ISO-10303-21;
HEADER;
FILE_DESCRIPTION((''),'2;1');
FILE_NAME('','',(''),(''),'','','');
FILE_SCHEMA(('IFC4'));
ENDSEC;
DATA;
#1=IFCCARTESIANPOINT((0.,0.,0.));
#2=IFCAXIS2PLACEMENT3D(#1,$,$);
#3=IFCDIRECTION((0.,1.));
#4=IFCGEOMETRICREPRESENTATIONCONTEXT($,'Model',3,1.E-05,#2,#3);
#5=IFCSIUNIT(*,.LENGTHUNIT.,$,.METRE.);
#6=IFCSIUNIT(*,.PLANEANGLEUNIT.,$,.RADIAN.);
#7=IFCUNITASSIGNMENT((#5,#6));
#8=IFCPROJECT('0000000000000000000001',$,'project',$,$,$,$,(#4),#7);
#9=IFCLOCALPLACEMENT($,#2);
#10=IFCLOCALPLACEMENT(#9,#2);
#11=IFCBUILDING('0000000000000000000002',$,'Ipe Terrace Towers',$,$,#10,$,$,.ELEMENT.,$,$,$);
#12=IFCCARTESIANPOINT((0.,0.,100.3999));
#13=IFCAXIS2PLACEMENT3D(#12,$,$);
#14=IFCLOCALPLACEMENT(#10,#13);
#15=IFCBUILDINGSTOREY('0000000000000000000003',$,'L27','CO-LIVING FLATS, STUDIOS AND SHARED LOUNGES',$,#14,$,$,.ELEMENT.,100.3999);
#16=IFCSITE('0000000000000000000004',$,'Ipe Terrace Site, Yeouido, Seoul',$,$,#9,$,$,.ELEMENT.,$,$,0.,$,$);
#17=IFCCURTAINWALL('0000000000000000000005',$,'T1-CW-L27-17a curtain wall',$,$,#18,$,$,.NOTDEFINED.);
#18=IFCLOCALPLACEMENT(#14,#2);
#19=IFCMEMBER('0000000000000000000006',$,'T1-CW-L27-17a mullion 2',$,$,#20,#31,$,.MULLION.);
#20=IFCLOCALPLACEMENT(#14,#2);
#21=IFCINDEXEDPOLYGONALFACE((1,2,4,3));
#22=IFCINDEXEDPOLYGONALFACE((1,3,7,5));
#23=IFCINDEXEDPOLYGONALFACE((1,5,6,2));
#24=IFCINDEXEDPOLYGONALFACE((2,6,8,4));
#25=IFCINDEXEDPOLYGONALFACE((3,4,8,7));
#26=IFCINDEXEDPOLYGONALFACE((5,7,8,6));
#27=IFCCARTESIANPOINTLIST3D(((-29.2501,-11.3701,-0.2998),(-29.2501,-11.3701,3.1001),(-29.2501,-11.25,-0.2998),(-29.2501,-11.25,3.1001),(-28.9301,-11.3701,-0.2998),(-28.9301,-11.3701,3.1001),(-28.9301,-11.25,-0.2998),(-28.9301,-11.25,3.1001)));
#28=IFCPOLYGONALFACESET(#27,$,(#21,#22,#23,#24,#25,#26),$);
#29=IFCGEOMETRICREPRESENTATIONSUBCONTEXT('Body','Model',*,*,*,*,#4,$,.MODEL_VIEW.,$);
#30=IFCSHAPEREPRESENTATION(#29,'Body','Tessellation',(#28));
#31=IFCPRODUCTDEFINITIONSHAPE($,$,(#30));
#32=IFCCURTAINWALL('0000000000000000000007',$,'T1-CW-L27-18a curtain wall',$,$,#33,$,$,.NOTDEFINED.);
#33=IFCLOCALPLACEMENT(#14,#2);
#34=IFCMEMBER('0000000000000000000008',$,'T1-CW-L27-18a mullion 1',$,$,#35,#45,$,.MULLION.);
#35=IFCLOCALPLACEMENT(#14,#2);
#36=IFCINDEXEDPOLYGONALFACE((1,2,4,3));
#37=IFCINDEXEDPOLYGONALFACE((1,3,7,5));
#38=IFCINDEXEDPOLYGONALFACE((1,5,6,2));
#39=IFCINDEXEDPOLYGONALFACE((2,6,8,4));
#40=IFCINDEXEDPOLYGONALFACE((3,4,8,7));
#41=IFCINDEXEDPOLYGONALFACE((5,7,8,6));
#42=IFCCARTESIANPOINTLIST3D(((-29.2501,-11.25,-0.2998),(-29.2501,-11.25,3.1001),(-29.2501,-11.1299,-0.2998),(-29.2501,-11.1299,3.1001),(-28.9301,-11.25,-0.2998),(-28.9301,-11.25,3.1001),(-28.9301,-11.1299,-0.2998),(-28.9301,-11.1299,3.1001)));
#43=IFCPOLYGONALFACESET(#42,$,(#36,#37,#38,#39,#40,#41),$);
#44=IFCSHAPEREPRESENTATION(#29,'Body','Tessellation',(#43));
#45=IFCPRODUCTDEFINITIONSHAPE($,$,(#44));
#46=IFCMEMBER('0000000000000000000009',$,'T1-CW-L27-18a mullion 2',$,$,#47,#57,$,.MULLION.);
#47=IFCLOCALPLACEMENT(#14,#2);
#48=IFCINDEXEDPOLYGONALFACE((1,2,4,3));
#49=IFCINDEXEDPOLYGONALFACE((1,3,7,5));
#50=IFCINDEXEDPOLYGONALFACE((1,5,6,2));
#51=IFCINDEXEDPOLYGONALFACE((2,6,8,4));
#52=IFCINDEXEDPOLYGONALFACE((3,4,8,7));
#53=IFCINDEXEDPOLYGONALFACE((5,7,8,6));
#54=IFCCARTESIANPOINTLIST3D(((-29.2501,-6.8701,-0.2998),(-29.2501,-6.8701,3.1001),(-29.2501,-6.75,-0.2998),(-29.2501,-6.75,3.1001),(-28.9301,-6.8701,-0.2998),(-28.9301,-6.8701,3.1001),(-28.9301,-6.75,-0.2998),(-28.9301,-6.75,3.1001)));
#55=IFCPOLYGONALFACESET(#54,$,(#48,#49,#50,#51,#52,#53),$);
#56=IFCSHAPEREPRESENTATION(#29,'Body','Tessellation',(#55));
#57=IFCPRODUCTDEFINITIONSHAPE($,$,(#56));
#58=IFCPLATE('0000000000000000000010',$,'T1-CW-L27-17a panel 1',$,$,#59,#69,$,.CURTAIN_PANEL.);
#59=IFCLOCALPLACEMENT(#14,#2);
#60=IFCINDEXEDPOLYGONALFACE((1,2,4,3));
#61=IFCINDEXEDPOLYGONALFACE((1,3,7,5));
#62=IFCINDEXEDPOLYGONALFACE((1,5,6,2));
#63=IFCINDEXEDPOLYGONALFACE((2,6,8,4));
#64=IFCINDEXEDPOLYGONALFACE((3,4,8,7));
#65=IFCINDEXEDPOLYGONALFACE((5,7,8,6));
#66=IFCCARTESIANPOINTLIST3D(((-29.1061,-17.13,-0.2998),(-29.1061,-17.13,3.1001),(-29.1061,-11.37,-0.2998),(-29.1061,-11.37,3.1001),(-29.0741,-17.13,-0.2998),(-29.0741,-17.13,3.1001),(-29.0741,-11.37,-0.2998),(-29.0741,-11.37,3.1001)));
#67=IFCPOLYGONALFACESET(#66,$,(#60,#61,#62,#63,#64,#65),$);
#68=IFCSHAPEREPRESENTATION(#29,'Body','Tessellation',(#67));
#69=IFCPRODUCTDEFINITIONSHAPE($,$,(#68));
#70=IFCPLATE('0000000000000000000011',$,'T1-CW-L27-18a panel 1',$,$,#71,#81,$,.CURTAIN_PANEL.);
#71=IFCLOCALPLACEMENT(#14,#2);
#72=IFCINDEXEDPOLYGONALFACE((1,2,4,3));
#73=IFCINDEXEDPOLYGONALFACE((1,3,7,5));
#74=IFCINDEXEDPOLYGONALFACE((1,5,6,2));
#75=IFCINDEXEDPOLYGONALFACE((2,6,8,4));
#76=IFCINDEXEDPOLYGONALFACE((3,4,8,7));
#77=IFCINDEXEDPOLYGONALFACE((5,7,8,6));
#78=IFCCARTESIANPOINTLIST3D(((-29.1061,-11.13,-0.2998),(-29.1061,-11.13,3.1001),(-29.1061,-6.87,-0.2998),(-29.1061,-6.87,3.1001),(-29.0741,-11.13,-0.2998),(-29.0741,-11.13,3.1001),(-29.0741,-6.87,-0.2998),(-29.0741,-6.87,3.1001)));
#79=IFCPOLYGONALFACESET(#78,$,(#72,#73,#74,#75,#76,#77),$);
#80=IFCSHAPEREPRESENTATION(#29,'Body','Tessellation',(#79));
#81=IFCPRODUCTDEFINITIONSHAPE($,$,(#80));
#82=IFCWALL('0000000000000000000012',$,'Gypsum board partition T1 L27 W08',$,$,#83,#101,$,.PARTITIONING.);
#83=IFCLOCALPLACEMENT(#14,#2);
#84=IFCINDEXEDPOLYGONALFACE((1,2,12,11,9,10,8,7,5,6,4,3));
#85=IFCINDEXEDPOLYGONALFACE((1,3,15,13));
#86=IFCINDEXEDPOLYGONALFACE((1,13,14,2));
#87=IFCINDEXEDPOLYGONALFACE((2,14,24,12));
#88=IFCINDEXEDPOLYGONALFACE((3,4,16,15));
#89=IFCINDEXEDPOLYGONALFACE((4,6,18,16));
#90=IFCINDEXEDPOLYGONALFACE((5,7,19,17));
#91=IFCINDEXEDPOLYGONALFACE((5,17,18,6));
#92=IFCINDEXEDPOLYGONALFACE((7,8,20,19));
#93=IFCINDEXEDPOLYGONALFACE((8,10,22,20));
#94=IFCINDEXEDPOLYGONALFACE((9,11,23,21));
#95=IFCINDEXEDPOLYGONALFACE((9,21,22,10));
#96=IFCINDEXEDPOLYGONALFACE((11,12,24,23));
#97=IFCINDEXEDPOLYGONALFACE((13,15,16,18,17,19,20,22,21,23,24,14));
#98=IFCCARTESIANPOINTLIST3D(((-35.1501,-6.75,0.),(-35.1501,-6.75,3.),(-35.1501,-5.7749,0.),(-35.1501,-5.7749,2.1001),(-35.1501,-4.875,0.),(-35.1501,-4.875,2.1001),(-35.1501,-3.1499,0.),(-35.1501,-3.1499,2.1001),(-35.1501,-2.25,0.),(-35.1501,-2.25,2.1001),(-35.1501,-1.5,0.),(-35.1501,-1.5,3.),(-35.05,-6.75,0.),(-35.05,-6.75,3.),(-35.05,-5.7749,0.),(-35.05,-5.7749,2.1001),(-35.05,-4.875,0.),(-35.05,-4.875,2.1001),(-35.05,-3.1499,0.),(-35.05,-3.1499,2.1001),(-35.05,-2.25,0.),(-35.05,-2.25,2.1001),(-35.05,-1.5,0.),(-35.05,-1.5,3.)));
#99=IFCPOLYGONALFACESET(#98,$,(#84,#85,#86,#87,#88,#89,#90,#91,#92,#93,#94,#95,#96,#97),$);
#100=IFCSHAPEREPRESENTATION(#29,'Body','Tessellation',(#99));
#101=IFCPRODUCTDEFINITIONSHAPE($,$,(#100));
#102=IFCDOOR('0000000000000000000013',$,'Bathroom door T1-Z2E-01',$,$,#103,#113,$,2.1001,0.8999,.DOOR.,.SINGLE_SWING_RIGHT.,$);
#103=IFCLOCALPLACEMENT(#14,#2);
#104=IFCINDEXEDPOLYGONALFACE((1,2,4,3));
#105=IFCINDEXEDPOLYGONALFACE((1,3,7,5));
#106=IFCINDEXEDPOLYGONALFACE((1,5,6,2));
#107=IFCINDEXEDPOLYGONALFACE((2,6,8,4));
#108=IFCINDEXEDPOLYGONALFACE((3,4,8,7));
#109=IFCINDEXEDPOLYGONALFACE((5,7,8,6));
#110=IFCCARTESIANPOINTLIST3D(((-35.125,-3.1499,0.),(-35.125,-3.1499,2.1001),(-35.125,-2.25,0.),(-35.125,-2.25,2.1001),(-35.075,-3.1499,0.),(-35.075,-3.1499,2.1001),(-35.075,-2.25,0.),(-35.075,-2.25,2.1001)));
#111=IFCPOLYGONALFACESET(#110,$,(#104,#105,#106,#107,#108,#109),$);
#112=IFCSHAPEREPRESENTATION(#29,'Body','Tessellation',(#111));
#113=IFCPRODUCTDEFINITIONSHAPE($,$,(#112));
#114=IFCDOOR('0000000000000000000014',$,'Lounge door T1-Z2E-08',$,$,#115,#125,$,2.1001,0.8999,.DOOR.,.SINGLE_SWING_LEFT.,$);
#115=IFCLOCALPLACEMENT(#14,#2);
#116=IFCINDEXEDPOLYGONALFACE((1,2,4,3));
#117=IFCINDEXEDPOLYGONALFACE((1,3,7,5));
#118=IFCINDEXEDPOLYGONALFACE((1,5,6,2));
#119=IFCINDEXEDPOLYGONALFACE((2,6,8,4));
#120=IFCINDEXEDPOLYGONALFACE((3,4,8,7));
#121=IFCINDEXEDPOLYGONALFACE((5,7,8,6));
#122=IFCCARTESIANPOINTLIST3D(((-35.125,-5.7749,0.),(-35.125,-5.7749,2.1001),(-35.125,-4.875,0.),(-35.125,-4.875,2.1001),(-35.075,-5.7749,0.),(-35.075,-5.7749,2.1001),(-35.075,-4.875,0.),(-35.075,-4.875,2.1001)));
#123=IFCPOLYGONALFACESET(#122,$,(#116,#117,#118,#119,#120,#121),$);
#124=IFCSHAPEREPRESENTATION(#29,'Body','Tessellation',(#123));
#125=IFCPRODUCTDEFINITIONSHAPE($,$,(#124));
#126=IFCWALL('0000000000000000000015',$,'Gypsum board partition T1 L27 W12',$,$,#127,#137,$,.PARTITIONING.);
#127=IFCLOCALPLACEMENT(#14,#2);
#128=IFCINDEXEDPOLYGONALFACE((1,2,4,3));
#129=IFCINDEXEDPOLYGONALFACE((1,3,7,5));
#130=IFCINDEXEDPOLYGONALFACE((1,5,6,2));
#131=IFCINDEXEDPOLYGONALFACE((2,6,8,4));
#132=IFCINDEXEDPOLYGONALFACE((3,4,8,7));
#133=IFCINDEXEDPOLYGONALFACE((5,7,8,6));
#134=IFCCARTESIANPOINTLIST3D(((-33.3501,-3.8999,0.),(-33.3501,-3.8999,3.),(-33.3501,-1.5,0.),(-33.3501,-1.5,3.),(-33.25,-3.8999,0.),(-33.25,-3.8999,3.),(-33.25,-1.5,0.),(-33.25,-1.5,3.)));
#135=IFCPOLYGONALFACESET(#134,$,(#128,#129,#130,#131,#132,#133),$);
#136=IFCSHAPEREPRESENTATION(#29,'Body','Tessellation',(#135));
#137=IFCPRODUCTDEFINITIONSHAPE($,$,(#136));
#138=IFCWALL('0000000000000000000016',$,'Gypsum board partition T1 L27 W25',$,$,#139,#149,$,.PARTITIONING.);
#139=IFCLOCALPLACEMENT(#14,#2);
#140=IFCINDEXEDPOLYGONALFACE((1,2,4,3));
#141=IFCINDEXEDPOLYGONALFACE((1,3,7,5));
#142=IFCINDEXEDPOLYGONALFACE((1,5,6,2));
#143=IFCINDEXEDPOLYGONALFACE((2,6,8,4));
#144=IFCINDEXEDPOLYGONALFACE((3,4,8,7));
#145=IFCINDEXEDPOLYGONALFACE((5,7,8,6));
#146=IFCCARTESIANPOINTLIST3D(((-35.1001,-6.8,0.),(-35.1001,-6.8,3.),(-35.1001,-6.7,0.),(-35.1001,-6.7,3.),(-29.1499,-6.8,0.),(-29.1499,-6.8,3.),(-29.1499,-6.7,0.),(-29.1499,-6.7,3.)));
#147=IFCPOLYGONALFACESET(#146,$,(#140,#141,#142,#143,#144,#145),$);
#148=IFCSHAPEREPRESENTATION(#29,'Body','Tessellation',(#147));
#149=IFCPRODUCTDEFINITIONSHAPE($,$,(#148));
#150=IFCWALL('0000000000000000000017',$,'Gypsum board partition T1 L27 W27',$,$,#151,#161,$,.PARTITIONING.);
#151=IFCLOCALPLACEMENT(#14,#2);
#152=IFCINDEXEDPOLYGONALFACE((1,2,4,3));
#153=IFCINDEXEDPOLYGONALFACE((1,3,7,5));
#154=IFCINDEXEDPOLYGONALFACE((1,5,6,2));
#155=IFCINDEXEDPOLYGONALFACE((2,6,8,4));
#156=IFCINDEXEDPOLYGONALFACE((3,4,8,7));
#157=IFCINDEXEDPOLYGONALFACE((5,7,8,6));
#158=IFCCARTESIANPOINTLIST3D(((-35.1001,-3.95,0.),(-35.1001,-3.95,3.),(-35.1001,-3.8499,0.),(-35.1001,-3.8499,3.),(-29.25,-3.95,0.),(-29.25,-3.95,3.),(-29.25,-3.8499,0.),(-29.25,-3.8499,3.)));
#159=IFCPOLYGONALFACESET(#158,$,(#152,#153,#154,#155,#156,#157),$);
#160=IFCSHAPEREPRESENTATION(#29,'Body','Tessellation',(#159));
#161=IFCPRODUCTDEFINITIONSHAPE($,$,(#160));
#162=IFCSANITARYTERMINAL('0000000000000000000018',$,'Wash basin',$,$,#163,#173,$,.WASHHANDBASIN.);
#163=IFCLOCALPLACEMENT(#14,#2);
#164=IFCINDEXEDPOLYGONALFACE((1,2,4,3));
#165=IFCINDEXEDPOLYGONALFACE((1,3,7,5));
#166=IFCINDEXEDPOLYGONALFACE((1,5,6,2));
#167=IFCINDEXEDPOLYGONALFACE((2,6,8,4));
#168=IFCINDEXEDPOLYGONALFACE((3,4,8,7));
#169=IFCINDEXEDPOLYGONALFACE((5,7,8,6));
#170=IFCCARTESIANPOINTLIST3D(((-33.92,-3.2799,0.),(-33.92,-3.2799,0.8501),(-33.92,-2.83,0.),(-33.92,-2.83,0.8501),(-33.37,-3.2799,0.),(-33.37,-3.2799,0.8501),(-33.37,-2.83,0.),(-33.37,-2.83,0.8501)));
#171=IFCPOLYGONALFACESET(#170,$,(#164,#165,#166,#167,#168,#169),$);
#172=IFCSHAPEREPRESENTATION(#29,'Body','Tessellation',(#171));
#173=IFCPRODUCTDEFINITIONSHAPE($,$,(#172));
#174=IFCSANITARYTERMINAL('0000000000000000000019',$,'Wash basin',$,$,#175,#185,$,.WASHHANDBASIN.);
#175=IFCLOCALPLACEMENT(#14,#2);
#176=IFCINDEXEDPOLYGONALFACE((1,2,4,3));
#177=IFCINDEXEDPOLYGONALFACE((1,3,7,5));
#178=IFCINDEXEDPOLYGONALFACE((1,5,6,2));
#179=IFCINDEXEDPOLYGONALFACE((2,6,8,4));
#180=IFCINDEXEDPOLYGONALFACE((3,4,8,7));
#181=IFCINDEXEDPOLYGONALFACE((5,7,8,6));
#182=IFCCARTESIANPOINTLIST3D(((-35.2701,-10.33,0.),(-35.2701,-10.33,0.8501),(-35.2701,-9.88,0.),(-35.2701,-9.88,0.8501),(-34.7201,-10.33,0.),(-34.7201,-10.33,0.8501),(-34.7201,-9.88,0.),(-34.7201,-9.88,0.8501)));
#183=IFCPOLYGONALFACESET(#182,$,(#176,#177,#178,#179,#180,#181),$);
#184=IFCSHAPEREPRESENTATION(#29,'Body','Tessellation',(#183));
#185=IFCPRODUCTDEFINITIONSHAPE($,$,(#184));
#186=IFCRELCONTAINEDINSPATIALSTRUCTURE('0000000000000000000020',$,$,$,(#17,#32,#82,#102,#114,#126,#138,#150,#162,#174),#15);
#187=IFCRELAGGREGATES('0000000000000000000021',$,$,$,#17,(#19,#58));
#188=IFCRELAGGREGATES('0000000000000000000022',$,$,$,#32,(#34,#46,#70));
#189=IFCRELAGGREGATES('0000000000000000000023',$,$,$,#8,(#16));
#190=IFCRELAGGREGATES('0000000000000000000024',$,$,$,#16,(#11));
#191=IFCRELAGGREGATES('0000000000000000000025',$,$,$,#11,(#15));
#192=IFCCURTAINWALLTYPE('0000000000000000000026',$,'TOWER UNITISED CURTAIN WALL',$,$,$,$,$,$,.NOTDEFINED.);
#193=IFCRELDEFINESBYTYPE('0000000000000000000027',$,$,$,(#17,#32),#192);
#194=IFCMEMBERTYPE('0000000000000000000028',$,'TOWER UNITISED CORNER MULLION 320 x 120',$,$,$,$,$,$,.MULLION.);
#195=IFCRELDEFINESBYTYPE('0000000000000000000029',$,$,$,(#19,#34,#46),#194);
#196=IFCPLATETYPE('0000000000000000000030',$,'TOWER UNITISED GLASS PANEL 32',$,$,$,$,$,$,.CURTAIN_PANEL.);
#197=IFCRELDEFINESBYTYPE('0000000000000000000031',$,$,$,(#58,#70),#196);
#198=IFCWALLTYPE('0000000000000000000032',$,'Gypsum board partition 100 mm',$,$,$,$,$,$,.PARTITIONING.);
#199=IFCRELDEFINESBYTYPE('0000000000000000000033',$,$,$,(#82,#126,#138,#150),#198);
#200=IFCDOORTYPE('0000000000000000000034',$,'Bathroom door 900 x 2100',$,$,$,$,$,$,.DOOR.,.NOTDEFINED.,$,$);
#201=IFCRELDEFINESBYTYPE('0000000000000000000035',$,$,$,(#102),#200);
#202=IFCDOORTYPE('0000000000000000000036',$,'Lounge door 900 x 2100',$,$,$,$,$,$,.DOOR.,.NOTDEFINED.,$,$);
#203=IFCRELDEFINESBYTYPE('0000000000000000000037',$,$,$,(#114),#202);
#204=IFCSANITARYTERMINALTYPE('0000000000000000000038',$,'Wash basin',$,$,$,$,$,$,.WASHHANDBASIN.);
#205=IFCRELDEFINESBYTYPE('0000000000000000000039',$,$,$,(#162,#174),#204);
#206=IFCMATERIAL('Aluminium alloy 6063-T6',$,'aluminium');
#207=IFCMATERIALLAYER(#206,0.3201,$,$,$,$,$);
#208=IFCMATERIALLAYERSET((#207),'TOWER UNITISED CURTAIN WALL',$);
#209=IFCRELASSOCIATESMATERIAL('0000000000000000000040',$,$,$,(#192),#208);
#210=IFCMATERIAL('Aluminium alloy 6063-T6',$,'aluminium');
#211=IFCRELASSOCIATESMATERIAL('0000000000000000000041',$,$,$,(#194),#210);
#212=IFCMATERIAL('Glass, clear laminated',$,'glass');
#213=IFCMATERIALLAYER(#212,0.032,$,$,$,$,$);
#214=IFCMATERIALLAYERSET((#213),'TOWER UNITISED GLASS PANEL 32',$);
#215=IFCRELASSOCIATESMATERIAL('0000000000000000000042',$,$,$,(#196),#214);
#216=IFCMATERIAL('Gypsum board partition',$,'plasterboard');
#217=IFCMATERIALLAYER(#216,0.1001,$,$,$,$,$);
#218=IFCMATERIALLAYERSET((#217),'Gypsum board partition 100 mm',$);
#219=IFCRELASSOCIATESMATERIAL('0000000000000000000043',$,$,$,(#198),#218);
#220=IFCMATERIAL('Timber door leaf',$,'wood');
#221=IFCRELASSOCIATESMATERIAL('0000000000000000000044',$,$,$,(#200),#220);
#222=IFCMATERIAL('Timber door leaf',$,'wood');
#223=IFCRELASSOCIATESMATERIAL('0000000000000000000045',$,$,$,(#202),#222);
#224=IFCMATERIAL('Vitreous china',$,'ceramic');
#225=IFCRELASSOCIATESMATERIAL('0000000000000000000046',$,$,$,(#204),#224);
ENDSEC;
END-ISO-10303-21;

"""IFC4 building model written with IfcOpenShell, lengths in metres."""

from ifc_helpers import new_model, si_unit, direction, frame, frame_2d, origin, origin_2d, place, context, subcontext, project, spatial, rectangle, extrude, material, layer, layer_set, material_profile, profile_set, type_object, element, fill, aggregate, save


model = new_model("IFC4")

# Units and contexts
model_context = context("Model", 3, precision=1e-05, world=origin(), true_north=direction((0.0, 1.0)))
body_context = subcontext(model_context, "Body", "Model", "MODEL_VIEW")
ifc_project = project(units=[si_unit("LENGTHUNIT", "METRE"), si_unit("PLANEANGLEUNIT", "RADIAN")], contexts=[model_context])

# Site, building, storey
site_placement = place(None, origin())
site = spatial("IfcSite", under=ifc_project, at=site_placement, Name="Ipe Terrace Site, Yeouido, Seoul", CompositionType="ELEMENT", RefElevation=0.0)
building_placement = place(site_placement, origin())
building = spatial("IfcBuilding", under=site, at=building_placement, Name="Ipe Terrace Towers", CompositionType="ELEMENT")
storey_placement = place(building_placement, frame((0.0, 0.0, 100.3999)))
storey = spatial("IfcBuildingStorey", under=building, at=storey_placement, Name="L27", Description="CO-LIVING FLATS, STUDIOS AND SHARED LOUNGES", CompositionType="ELEMENT", Elevation=100.3999)

# Curtain wall, member
ifc_material_1 = material(Name="Aluminium alloy 6063-T6", Category="aluminium")
ifc_layer_1 = layer(ifc_material_1, 0.3201)
ifc_layer_set_1 = layer_set([ifc_layer_1], Name="TOWER UNITISED CURTAIN WALL")
curtain_wall_type = type_object("IfcCurtainWallType", Name="TOWER UNITISED CURTAIN WALL", PredefinedType="NOTDEFINED", material=ifc_layer_set_1)
curtain_wall_1_placement = place(storey_placement, origin())
curtain_wall_1 = element("IfcCurtainWall", 1, at=curtain_wall_1_placement, inside=storey, type_object=curtain_wall_type, Name="T1-CW-L27-17a curtain wall", PredefinedType="NOTDEFINED")
ifc_material_2 = material(Name="Aluminium alloy 6063-T6", Category="aluminium")
ifc_material_profile_1 = material_profile(ifc_material_2, rectangle(XDim=0.3201, YDim=0.1201, at=origin_2d()), Name="TOWER UNITISED CORNER MULLION 320 x 120")
ifc_profile_set_1 = profile_set([ifc_material_profile_1], Name="Aluminium alloy 6063-T6")
member_type = type_object("IfcMemberType", Name="TOWER UNITISED CORNER MULLION 320 x 120", PredefinedType="MULLION", material=ifc_profile_set_1)
member_1_placement = place(storey_placement, frame((-29.0901, -11.3101, -0.2998), z_axis=(0.0, 0.0, 1.0), x_axis=(1.0, 0.0, 0.0)))
member_1 = element("IfcMember", 2, at=member_1_placement, type_object=member_type, Name="T1-CW-L27-17a mullion 2", PredefinedType="MULLION", context=body_context, shape_type="SweptSolid", body=[
    extrude(rectangle(XDim=0.3201, YDim=0.1201, at=origin_2d()), origin(), (0.0, 0.0, 1.0), 3.3999),
])

# Curtain wall, members
curtain_wall_2_placement = place(storey_placement, origin())
curtain_wall_2 = element("IfcCurtainWall", 3, at=curtain_wall_2_placement, inside=storey, type_object=curtain_wall_type, Name="T1-CW-L27-18a curtain wall", PredefinedType="NOTDEFINED")
member_2_placement = place(storey_placement, frame((-29.0901, -11.1899, -0.2998), z_axis=(0.0, 0.0, 1.0), x_axis=(1.0, 0.0, 0.0)))
member_2 = element("IfcMember", 4, at=member_2_placement, type_object=member_type, Name="T1-CW-L27-18a mullion 1", PredefinedType="MULLION", context=body_context, shape_type="SweptSolid", body=[
    extrude(rectangle(XDim=0.3201, YDim=0.1201, at=origin_2d()), origin(), (0.0, 0.0, 1.0), 3.3999),
])
member_3_placement = place(storey_placement, frame((-29.0901, -6.8101, -0.2998), z_axis=(0.0, 0.0, 1.0), x_axis=(1.0, 0.0, 0.0)))
member_3 = element("IfcMember", 5, at=member_3_placement, type_object=member_type, Name="T1-CW-L27-18a mullion 2", PredefinedType="MULLION", context=body_context, shape_type="SweptSolid", body=[
    extrude(rectangle(XDim=0.3201, YDim=0.1201, at=origin_2d()), origin(), (0.0, 0.0, 1.0), 3.3999),
])

# Plates
ifc_material_3 = material(Name="Glass, clear laminated", Category="glass")
ifc_layer_2 = layer(ifc_material_3, 0.032)
ifc_layer_set_2 = layer_set([ifc_layer_2], Name="TOWER UNITISED GLASS PANEL 32")
plate_type = type_object("IfcPlateType", Name="TOWER UNITISED GLASS PANEL 32", PredefinedType="CURTAIN_PANEL", material=ifc_layer_set_2)
plate_1_placement = place(storey_placement, frame((-29.0901, -14.25, -0.2998), z_axis=(0.0, 0.0, 1.0), x_axis=(0.0, 1.0, 0.0)))
plate_1 = element("IfcPlate", 6, at=plate_1_placement, type_object=plate_type, Name="T1-CW-L27-17a panel 1", PredefinedType="CURTAIN_PANEL", context=body_context, shape_type="SweptSolid", body=[
    extrude(rectangle(XDim=5.76, YDim=0.032, at=origin_2d()), origin(), (0.0, 0.0, 1.0), 3.3999),
])
aggregate(curtain_wall_1, [member_1, plate_1])
plate_2_placement = place(storey_placement, frame((-29.0901, -9.0, -0.2998), z_axis=(0.0, 0.0, 1.0), x_axis=(0.0, 1.0, 0.0)))
plate_2 = element("IfcPlate", 7, at=plate_2_placement, type_object=plate_type, Name="T1-CW-L27-18a panel 1", PredefinedType="CURTAIN_PANEL", context=body_context, shape_type="SweptSolid", body=[
    extrude(rectangle(XDim=4.26, YDim=0.032, at=origin_2d()), origin(), (0.0, 0.0, 1.0), 3.3999),
])
aggregate(curtain_wall_2, [member_2, member_3, plate_2])

# Wall, openings, doors
ifc_material_4 = material(Name="Gypsum board partition", Category="plasterboard")
ifc_layer_3 = layer(ifc_material_4, 0.1001)
ifc_layer_set_3 = layer_set([ifc_layer_3], Name="Gypsum board partition 100 mm")
wall_type = type_object("IfcWallType", Name="Gypsum board partition 100 mm", PredefinedType="PARTITIONING", material=ifc_layer_set_3)
wall_1_placement = place(storey_placement, frame((-35.1001, -6.75, 0.0), z_axis=(0.0, 0.0, 1.0), x_axis=(0.0, 1.0, 0.0)))
wall_1 = element("IfcWall", 8, at=wall_1_placement, inside=storey, type_object=wall_type, Name="Gypsum board partition T1 L27 W08", PredefinedType="PARTITIONING", context=body_context, shape_type="SweptSolid", body=[
    extrude(rectangle(XDim=5.25, YDim=0.1001, at=frame_2d((2.625, 0.0))), origin(), (0.0, 0.0, 1.0), 3.0),
])
opening_1_placement = place(wall_1_placement, frame((3.6001, 0.0, 0.0)))
opening_1 = element("IfcOpeningElement", 9, at=opening_1_placement, cuts=wall_1, PredefinedType="OPENING", context=body_context, shape_type="SweptSolid", body=[
    extrude(rectangle(XDim=0.8999, YDim=2.1001, at=frame_2d((0.45, 1.05))), frame((0.0, 0.0601, 0.0), z_axis=(0.0, -1.0, 0.0), x_axis=(1.0, 0.0, 0.0)), (0.0, 0.0, 1.0), 0.1201),
])
opening_2_placement = place(wall_1_placement, frame((0.9751, 0.0, 0.0)))
opening_2 = element("IfcOpeningElement", 10, at=opening_2_placement, cuts=wall_1, PredefinedType="OPENING", context=body_context, shape_type="SweptSolid", body=[
    extrude(rectangle(XDim=0.8999, YDim=2.1001, at=frame_2d((0.45, 1.05))), frame((0.0, 0.0601, 0.0), z_axis=(0.0, -1.0, 0.0), x_axis=(1.0, 0.0, 0.0)), (0.0, 0.0, 1.0), 0.1201),
])
ifc_material_5 = material(Name="Timber door leaf", Category="wood")
door_type_1 = type_object("IfcDoorType", Name="Bathroom door 900 x 2100", OperationType="NOTDEFINED", PredefinedType="DOOR", material=ifc_material_5)
door_1_placement = place(opening_1_placement, origin())
door_1 = element("IfcDoor", 11, at=door_1_placement, inside=storey, type_object=door_type_1, Name="Bathroom door T1-Z2E-01", OperationType="SINGLE_SWING_RIGHT", OverallHeight=2.1001, OverallWidth=0.8999, PredefinedType="DOOR", context=body_context, shape_type="SweptSolid", body=[
    extrude(rectangle(XDim=0.8999, YDim=2.1001, at=frame_2d((0.45, 1.05))), frame((0.0, 0.0249, 0.0), z_axis=(0.0, -1.0, 0.0), x_axis=(1.0, 0.0, 0.0)), (0.0, 0.0, 1.0), 0.05),
])
fill(opening_1, door_1)
ifc_material_6 = material(Name="Timber door leaf", Category="wood")
door_type_2 = type_object("IfcDoorType", Name="Lounge door 900 x 2100", OperationType="NOTDEFINED", PredefinedType="DOOR", material=ifc_material_6)
door_2_placement = place(opening_2_placement, origin())
door_2 = element("IfcDoor", 12, at=door_2_placement, inside=storey, type_object=door_type_2, Name="Lounge door T1-Z2E-08", OperationType="SINGLE_SWING_LEFT", OverallHeight=2.1001, OverallWidth=0.8999, PredefinedType="DOOR", context=body_context, shape_type="SweptSolid", body=[
    extrude(rectangle(XDim=0.8999, YDim=2.1001, at=frame_2d((0.45, 1.05))), frame((0.0, 0.0249, 0.0), z_axis=(0.0, -1.0, 0.0), x_axis=(1.0, 0.0, 0.0)), (0.0, 0.0, 1.0), 0.05),
])
fill(opening_2, door_2)

# Walls
wall_2_placement = place(storey_placement, frame((-33.3, -3.8999, 0.0), z_axis=(0.0, 0.0, 1.0), x_axis=(0.0, 1.0, 0.0)))
element("IfcWall", 13, at=wall_2_placement, inside=storey, type_object=wall_type, Name="Gypsum board partition T1 L27 W12", PredefinedType="PARTITIONING", context=body_context, shape_type="SweptSolid", body=[
    extrude(rectangle(XDim=2.3999, YDim=0.1001, at=frame_2d((1.2, 0.0))), origin(), (0.0, 0.0, 1.0), 3.0),
])
wall_3_placement = place(storey_placement, frame((-35.1001, -6.75, 0.0), z_axis=(0.0, 0.0, 1.0), x_axis=(1.0, 0.0, 0.0)))
element("IfcWall", 14, at=wall_3_placement, inside=storey, type_object=wall_type, Name="Gypsum board partition T1 L27 W25", PredefinedType="PARTITIONING", context=body_context, shape_type="SweptSolid", body=[
    extrude(rectangle(XDim=5.9502, YDim=0.1001, at=frame_2d((2.9751, 0.0))), origin(), (0.0, 0.0, 1.0), 3.0),
])
wall_4_placement = place(storey_placement, frame((-35.1001, -3.8999, 0.0), z_axis=(0.0, 0.0, 1.0), x_axis=(1.0, 0.0, 0.0)))
element("IfcWall", 15, at=wall_4_placement, inside=storey, type_object=wall_type, Name="Gypsum board partition T1 L27 W27", PredefinedType="PARTITIONING", context=body_context, shape_type="SweptSolid", body=[
    extrude(rectangle(XDim=5.8501, YDim=0.1001, at=frame_2d((2.925, 0.0))), origin(), (0.0, 0.0, 1.0), 3.0),
])

# Sanitary terminals
ifc_material_7 = material(Name="Vitreous china", Category="ceramic")
sanitary_terminal_type_1 = type_object("IfcSanitaryTerminalType", Name="Wash basin", PredefinedType="WASHHANDBASIN", material=ifc_material_7)
for number, where, z_axis, x_axis, name in (
    (16, (-33.645, -3.0549, 0.0), (0.0, 0.0, 1.0), (-1.0, 0.0, 0.0), "Wash basin"),
    (17, (-34.9951, -10.105, 0.0), (0.0, 0.0, 1.0), (-1.0, 0.0, 0.0), "Wash basin"),
):
    element("IfcSanitaryTerminal", number, at=place(storey_placement, frame(where, z_axis=z_axis, x_axis=x_axis)), inside=storey, type_object=sanitary_terminal_type_1, Name=name, PredefinedType="WASHHANDBASIN", context=body_context, shape_type="SweptSolid", body=[
        extrude(rectangle(XDim=0.55, YDim=0.45, at=origin_2d()), origin(), (0.0, 0.0, 1.0), 0.8501),
    ])

save(model, "model.ifc")
